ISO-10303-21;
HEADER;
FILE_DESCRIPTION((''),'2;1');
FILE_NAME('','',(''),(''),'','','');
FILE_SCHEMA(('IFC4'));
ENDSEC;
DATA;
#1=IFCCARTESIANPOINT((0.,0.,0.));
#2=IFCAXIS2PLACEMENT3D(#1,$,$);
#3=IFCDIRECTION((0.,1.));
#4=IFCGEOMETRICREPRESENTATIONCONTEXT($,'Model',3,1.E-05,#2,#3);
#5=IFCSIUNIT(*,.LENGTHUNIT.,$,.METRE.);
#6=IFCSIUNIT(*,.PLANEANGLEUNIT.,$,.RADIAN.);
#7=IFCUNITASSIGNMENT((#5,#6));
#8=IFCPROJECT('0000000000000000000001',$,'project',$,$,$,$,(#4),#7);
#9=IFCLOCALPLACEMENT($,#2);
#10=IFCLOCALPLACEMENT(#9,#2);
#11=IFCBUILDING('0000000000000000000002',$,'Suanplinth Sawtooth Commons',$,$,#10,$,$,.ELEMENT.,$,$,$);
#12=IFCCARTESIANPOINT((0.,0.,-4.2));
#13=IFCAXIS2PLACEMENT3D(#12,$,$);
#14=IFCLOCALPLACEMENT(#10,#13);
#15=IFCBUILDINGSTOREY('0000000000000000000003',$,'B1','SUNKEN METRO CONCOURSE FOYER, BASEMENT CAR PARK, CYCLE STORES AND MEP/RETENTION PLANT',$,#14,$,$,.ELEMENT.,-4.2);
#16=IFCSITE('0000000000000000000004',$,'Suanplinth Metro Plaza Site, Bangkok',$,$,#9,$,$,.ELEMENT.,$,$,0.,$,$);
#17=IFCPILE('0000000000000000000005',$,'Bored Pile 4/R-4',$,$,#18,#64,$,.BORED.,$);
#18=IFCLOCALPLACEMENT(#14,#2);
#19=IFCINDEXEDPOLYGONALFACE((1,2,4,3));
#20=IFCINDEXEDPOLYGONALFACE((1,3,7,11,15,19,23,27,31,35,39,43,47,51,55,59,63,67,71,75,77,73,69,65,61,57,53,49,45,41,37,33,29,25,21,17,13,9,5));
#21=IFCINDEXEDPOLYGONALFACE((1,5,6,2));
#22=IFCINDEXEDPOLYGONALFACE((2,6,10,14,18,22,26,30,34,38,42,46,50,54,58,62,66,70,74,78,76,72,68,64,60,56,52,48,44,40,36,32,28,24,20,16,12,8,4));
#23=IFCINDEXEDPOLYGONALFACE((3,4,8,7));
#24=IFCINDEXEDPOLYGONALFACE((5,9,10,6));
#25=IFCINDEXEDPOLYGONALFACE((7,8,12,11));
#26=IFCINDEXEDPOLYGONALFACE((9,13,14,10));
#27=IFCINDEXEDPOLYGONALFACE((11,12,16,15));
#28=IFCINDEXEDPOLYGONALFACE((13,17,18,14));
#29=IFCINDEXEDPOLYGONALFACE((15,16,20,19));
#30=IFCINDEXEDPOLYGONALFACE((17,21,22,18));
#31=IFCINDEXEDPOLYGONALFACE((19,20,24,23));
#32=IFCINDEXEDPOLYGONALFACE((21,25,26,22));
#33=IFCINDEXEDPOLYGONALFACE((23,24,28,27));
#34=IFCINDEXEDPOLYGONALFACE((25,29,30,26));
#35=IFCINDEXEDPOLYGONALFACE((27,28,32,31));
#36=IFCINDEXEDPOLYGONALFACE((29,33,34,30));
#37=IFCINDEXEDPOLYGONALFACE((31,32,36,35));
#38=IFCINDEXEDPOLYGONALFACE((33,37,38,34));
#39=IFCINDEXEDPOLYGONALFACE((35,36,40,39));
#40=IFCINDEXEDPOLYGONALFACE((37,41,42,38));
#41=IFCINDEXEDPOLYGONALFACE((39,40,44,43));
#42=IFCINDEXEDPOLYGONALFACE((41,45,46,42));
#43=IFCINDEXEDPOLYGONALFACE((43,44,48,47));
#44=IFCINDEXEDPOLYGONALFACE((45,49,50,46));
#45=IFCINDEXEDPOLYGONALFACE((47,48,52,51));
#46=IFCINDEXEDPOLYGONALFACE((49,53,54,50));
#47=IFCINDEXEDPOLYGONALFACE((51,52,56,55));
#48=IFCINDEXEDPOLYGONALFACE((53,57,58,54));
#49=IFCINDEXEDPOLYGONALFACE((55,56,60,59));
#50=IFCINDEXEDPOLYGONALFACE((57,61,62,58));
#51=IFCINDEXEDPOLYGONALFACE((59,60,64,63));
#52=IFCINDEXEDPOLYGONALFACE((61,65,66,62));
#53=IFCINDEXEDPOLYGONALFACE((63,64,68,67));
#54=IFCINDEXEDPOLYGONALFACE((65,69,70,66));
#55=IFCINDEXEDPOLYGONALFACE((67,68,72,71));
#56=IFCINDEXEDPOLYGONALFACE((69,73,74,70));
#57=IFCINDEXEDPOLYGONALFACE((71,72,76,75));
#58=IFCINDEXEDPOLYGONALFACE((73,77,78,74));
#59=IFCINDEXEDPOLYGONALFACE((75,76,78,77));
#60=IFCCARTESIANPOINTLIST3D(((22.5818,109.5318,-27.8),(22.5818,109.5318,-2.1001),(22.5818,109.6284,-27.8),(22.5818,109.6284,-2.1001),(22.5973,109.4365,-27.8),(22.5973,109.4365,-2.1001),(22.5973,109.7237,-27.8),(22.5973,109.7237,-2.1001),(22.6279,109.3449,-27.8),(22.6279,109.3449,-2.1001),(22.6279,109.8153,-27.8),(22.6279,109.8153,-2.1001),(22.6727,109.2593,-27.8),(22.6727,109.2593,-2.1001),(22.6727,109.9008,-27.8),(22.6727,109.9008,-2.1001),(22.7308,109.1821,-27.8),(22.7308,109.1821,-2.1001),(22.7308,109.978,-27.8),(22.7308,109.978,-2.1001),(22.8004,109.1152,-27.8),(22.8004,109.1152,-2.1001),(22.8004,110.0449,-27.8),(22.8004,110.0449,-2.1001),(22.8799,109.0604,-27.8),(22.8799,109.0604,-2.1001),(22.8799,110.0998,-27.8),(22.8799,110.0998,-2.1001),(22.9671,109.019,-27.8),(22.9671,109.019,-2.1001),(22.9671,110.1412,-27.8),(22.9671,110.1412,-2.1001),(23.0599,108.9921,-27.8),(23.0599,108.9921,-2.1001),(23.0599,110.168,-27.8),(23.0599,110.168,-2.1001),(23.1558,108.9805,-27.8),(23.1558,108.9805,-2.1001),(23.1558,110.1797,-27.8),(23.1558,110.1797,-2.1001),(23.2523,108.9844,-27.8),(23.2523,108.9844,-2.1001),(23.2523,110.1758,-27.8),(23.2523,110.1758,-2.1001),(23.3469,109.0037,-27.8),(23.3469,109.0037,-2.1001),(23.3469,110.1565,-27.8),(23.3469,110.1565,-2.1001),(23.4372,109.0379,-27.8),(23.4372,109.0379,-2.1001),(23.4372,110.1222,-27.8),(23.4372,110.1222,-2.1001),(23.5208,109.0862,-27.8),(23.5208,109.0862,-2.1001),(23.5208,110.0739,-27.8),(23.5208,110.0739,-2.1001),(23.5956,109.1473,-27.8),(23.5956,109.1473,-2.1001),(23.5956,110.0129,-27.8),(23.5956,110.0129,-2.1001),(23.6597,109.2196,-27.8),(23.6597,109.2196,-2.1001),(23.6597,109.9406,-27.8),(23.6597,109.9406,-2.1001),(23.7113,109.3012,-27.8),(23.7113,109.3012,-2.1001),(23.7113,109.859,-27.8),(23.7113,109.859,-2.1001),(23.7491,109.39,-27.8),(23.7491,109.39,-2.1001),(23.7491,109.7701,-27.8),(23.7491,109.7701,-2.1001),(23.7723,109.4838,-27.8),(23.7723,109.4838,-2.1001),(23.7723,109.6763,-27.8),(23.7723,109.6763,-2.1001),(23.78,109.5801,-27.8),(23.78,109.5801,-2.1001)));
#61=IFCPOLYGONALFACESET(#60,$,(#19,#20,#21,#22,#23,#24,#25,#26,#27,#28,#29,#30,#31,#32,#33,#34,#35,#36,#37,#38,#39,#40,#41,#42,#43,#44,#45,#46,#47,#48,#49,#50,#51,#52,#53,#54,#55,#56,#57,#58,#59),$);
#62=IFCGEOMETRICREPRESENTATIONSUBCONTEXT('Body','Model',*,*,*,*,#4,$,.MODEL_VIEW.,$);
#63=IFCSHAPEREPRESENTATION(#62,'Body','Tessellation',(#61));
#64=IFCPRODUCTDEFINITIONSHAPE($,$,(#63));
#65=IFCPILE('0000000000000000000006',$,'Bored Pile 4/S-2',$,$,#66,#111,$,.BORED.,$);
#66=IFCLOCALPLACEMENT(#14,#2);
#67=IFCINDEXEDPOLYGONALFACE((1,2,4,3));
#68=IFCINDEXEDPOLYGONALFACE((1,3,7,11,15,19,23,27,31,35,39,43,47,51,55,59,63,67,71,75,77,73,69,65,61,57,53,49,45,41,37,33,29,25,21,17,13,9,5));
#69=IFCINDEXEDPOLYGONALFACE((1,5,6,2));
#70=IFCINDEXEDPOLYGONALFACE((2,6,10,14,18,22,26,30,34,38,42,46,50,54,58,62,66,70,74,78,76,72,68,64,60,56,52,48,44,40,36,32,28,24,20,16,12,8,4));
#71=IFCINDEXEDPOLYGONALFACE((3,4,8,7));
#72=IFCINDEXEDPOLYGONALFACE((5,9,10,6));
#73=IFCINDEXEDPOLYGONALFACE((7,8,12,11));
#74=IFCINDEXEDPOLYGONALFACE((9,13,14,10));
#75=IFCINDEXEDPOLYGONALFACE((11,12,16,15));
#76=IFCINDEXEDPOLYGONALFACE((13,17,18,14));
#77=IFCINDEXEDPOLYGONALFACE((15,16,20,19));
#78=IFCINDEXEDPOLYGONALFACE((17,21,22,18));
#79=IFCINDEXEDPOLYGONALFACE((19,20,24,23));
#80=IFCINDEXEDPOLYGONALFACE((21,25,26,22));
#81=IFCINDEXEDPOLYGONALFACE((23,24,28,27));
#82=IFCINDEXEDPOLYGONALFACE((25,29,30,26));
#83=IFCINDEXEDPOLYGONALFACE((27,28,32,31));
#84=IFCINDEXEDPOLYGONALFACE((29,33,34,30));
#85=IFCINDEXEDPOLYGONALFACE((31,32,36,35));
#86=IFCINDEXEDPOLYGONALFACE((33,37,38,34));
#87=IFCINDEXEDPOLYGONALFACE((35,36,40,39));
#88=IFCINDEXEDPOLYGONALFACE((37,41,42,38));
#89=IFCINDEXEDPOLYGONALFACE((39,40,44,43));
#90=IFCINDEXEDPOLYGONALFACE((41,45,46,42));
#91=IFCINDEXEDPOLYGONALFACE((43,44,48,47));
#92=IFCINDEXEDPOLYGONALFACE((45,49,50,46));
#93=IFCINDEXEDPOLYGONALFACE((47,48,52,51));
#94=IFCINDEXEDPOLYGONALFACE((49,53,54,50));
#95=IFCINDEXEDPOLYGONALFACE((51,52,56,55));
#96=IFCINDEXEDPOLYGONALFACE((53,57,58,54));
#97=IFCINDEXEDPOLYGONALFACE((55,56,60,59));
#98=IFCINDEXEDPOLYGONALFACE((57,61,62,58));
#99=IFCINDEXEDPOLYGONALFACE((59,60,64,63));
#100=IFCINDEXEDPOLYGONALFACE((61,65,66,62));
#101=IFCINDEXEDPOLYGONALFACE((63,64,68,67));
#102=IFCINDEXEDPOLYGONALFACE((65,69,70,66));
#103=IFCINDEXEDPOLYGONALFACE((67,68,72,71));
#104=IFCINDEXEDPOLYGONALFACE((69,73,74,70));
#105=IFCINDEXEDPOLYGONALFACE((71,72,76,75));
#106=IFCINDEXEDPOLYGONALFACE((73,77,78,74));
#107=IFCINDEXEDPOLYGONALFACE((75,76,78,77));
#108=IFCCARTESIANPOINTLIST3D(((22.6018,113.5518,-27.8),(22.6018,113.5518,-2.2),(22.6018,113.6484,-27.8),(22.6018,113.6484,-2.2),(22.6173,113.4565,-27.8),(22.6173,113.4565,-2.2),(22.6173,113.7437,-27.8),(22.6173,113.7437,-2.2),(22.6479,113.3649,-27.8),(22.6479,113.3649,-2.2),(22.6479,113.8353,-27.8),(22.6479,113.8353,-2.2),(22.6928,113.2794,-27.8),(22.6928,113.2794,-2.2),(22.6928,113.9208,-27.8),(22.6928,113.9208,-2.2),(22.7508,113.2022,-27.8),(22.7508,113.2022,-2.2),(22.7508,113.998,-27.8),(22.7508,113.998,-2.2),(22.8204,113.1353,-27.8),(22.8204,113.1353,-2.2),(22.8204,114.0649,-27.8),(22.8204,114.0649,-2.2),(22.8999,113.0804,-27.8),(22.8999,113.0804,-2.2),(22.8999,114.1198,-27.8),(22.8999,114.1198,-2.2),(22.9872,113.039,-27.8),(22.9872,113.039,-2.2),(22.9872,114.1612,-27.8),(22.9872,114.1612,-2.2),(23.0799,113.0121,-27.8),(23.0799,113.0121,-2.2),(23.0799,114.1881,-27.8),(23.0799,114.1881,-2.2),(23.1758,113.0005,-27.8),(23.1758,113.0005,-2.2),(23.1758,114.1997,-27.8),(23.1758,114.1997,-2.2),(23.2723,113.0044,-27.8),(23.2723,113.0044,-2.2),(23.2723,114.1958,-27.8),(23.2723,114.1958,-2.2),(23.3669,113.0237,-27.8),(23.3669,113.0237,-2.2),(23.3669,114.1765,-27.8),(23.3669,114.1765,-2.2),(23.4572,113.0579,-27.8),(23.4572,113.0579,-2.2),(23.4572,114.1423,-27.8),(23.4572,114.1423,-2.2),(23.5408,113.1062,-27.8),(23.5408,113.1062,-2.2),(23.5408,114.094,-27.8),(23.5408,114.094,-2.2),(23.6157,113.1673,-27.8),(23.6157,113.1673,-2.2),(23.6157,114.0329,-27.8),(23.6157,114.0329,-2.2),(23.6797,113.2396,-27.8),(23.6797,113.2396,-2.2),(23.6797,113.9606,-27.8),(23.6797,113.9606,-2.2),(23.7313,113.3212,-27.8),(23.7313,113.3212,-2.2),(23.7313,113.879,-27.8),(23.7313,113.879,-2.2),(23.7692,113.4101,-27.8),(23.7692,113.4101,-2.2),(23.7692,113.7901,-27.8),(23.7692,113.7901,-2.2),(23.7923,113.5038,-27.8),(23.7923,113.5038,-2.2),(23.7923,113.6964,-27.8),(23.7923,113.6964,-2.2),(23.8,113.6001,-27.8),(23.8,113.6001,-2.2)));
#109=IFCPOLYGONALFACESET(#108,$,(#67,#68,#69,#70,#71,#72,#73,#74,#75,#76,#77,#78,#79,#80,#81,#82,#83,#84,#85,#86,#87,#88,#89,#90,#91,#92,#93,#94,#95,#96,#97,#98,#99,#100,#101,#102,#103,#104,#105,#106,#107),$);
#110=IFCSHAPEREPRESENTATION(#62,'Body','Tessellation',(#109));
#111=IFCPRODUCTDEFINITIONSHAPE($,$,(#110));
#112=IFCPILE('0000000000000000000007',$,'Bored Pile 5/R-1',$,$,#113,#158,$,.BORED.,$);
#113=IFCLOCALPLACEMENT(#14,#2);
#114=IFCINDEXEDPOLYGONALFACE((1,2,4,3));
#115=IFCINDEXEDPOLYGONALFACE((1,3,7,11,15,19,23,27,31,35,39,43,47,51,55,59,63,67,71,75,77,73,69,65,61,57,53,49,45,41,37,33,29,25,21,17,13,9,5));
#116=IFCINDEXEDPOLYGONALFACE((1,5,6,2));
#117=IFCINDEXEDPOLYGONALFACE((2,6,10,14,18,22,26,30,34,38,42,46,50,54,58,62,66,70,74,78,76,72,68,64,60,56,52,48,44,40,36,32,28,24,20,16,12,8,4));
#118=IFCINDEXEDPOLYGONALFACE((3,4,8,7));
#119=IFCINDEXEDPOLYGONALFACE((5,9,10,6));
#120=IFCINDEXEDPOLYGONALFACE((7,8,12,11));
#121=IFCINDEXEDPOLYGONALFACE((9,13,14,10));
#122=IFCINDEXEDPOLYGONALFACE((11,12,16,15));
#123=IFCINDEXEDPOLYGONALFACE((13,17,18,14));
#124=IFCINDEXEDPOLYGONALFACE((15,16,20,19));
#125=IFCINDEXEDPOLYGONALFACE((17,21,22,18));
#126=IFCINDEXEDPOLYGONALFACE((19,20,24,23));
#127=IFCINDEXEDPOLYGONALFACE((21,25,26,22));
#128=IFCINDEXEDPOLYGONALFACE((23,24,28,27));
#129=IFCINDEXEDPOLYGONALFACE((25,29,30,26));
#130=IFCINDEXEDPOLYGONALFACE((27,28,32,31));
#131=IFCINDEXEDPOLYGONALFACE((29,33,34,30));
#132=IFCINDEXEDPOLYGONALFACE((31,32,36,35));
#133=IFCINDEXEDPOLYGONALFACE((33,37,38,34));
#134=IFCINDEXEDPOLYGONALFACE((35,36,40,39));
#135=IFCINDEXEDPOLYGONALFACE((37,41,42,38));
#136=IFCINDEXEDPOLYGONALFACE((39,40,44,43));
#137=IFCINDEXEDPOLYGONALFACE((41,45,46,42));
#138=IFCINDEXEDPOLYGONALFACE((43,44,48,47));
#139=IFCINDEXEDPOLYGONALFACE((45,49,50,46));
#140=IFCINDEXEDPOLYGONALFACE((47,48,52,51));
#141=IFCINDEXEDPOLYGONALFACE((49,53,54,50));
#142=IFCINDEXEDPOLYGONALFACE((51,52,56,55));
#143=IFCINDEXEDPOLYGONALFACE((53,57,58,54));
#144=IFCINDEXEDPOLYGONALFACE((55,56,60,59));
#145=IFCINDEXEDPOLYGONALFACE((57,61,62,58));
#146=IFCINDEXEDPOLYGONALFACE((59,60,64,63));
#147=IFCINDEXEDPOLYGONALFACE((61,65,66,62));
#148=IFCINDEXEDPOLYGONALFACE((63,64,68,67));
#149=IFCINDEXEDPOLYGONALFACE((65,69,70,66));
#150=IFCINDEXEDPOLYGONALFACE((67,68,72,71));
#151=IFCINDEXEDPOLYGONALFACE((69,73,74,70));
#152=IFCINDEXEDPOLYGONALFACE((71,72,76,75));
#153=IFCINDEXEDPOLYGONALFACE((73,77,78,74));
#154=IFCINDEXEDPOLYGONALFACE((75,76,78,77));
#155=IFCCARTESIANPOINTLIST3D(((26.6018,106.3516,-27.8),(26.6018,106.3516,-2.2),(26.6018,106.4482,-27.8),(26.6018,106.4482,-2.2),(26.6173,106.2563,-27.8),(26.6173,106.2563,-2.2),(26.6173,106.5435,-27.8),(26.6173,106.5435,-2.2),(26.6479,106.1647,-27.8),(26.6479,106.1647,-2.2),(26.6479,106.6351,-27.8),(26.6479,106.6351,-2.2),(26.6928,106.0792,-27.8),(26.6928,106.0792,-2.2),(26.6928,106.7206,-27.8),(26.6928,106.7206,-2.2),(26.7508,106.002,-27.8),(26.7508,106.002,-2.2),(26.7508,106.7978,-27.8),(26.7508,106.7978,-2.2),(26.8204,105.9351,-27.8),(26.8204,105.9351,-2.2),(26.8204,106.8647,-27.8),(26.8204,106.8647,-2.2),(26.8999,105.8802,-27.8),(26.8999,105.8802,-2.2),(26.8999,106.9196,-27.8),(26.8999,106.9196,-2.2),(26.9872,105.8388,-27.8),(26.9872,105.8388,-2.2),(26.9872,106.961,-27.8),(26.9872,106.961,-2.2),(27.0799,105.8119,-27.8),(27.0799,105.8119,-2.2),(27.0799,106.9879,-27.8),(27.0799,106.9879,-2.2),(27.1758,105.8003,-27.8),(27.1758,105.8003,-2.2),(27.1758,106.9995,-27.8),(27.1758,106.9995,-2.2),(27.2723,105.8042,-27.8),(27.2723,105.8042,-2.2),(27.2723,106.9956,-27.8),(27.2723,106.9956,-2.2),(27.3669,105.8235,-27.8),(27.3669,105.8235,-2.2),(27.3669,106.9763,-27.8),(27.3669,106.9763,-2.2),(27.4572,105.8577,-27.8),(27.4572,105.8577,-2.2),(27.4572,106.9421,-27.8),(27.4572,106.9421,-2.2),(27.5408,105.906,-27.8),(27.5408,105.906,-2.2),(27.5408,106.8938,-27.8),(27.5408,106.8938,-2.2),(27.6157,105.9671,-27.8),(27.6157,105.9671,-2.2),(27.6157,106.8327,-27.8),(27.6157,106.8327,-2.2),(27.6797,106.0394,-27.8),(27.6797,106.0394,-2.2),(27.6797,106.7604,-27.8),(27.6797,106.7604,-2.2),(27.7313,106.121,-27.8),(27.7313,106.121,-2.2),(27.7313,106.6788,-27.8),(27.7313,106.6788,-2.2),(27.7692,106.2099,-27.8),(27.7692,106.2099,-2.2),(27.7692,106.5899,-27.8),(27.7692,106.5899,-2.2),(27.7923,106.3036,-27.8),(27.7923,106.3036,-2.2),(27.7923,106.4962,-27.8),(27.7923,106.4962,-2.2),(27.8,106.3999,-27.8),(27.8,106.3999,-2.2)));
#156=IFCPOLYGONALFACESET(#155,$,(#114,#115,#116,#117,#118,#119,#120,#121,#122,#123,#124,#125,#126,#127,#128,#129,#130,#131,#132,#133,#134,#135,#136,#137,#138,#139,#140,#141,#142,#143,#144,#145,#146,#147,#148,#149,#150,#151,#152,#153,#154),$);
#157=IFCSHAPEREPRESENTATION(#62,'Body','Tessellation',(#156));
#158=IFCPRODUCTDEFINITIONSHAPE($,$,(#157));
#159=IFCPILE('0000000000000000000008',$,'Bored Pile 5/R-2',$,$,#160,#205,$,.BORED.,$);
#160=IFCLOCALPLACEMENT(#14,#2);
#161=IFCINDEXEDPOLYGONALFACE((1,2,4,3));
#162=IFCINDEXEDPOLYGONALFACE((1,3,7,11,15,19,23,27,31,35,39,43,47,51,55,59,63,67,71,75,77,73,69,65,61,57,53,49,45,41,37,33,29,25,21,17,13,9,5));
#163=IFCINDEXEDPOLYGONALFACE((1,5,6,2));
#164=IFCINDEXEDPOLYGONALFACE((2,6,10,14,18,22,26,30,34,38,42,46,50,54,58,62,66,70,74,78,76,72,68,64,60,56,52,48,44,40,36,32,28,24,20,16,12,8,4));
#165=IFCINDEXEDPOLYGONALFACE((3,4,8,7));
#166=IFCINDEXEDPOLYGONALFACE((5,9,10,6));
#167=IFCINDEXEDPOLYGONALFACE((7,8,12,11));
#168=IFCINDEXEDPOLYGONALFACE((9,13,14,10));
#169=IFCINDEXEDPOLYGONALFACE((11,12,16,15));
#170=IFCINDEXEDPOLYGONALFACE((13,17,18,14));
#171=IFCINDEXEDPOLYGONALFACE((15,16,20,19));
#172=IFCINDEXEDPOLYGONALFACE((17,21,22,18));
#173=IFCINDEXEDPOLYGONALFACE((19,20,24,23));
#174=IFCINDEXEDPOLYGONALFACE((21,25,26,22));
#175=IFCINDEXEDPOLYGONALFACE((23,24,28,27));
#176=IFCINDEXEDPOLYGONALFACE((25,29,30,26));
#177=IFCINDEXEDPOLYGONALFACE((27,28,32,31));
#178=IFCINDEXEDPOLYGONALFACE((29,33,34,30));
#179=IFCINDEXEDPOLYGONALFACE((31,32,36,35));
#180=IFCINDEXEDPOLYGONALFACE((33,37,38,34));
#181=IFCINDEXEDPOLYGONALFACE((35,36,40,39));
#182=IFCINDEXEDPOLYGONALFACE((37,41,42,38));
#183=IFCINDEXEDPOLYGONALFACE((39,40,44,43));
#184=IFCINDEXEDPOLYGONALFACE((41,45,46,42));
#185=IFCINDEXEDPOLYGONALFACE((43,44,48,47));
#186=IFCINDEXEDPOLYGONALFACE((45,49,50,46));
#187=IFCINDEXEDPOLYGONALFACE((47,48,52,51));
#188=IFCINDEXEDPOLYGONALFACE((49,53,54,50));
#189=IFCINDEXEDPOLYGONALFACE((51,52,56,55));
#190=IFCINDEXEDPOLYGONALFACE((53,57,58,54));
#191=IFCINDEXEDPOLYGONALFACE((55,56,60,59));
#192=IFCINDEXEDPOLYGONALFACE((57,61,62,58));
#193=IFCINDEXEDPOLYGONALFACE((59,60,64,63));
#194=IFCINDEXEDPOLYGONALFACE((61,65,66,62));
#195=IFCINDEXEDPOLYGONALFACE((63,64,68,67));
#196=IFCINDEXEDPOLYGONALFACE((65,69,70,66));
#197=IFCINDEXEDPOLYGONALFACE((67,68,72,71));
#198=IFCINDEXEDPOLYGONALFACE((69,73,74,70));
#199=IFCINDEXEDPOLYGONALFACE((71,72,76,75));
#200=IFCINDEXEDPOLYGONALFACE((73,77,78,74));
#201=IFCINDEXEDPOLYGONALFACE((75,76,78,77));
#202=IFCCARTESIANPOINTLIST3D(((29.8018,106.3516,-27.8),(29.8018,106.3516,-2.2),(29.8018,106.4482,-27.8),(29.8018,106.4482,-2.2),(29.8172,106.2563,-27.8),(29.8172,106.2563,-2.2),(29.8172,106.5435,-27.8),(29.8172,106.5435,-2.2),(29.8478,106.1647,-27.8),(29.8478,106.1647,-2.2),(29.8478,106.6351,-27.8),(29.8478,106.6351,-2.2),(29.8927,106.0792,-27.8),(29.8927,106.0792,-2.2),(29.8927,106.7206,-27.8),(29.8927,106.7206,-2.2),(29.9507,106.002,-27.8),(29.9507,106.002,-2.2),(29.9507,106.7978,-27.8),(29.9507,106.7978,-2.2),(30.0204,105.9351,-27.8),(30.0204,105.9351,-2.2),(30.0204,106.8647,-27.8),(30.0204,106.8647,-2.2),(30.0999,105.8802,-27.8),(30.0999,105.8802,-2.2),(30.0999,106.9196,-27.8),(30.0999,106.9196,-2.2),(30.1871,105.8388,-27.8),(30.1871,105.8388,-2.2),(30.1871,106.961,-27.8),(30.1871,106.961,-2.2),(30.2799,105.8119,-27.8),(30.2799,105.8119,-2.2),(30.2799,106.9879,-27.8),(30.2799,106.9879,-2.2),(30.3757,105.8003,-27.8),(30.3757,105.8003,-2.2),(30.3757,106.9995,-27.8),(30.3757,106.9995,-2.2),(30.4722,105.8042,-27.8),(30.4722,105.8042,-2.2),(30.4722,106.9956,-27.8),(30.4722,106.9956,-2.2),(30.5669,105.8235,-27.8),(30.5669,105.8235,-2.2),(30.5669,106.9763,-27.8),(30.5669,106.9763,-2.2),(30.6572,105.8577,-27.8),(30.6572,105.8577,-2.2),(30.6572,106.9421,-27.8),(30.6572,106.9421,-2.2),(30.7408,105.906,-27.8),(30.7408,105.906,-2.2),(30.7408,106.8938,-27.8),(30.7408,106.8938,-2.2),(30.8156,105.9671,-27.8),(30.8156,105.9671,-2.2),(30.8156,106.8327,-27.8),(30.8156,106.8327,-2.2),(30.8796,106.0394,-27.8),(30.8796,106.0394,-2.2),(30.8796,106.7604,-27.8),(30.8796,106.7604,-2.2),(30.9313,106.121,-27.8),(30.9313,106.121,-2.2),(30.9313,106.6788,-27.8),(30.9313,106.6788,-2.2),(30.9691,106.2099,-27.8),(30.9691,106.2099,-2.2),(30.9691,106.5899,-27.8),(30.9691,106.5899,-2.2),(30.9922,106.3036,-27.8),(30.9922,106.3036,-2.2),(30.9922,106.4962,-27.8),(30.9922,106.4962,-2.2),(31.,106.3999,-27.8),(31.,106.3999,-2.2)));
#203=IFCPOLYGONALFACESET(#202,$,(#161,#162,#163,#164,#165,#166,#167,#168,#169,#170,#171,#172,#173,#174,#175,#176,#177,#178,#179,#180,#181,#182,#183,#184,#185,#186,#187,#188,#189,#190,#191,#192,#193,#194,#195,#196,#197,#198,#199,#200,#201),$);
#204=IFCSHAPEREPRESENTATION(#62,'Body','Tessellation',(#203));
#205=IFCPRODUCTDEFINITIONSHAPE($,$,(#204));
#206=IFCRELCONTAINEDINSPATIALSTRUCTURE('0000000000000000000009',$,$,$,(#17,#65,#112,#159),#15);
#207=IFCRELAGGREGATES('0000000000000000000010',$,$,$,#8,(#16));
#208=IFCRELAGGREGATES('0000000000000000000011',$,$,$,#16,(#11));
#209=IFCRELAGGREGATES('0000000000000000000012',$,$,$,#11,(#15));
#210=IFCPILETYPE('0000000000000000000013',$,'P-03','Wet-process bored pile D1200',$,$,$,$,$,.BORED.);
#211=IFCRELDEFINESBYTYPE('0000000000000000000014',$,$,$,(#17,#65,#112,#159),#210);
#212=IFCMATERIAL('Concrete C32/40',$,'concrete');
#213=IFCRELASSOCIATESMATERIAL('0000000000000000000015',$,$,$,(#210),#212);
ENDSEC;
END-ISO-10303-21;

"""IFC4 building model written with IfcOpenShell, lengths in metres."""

from ifc_helpers import new_model, si_unit, direction, frame, origin, origin_2d, place, context, subcontext, project, spatial, circle, extrude, material, material_profile, profile_set, type_object, element, save


model = new_model("IFC4")

# Units and contexts
model_context = context("Model", 3, precision=1e-05, world=origin(), true_north=direction((0.0, 1.0)))
body_context = subcontext(model_context, "Body", "Model", "MODEL_VIEW")
ifc_project = project(units=[si_unit("LENGTHUNIT", "METRE"), si_unit("PLANEANGLEUNIT", "RADIAN")], contexts=[model_context])

# Site, building, storey
site_placement = place(None, origin())
site = spatial("IfcSite", under=ifc_project, at=site_placement, Name="Suanplinth Metro Plaza Site, Bangkok", CompositionType="ELEMENT", RefElevation=0.0)
building_placement = place(site_placement, origin())
building = spatial("IfcBuilding", under=site, at=building_placement, Name="Suanplinth Sawtooth Commons", CompositionType="ELEMENT")
storey_placement = place(building_placement, frame((0.0, 0.0, -4.2)))
storey = spatial("IfcBuildingStorey", under=building, at=storey_placement, Name="B1", Description="SUNKEN METRO CONCOURSE FOYER, BASEMENT CAR PARK, CYCLE STORES AND MEP/RETENTION PLANT", CompositionType="ELEMENT", Elevation=-4.2)

# Piles
ifc_material_1 = material(Name="Concrete C32/40", Category="concrete")
ifc_material_profile_1 = material_profile(ifc_material_1, circle(Radius=0.6001, at=origin_2d()), Name="PILE D1200")
ifc_profile_set_1 = profile_set([ifc_material_profile_1], Name="Concrete C32/40")
pile_type = type_object("IfcPileType", Name="P-03", Description="Wet-process bored pile D1200", PredefinedType="BORED", material=ifc_profile_set_1)
for number, where, z_axis, x_axis, name in (
    (1, (23.1799, 109.5801, -2.1001), (0.0, 0.0, -1.0), (1.0, 0.0, 0.0), "Bored Pile 4/R-4"),
):
    element("IfcPile", number, at=place(storey_placement, frame(where, z_axis=z_axis, x_axis=x_axis)), inside=storey, type_object=pile_type, Name=name, PredefinedType="BORED", context=body_context, shape_type="SweptSolid", body=[
        extrude(circle(Radius=0.6001, at=origin_2d()), origin(), (0.0, 0.0, 1.0), 25.7),
    ])
for number, where, z_axis, x_axis, name in (
    (2, (23.2, 113.6001, -2.2), (0.0, 0.0, -1.0), (1.0, 0.0, 0.0), "Bored Pile 4/S-2"),
    (3, (27.2, 106.3999, -2.2), (0.0, 0.0, -1.0), (1.0, 0.0, 0.0), "Bored Pile 5/R-1"),
    (4, (30.3999, 106.3999, -2.2), (0.0, 0.0, -1.0), (1.0, 0.0, 0.0), "Bored Pile 5/R-2"),
):
    element("IfcPile", number, at=place(storey_placement, frame(where, z_axis=z_axis, x_axis=x_axis)), inside=storey, type_object=pile_type, Name=name, PredefinedType="BORED", context=body_context, shape_type="SweptSolid", body=[
        extrude(circle(Radius=0.6001, at=origin_2d()), origin(), (0.0, 0.0, 1.0), 25.6001),
    ])

save(model, "model.ifc")
